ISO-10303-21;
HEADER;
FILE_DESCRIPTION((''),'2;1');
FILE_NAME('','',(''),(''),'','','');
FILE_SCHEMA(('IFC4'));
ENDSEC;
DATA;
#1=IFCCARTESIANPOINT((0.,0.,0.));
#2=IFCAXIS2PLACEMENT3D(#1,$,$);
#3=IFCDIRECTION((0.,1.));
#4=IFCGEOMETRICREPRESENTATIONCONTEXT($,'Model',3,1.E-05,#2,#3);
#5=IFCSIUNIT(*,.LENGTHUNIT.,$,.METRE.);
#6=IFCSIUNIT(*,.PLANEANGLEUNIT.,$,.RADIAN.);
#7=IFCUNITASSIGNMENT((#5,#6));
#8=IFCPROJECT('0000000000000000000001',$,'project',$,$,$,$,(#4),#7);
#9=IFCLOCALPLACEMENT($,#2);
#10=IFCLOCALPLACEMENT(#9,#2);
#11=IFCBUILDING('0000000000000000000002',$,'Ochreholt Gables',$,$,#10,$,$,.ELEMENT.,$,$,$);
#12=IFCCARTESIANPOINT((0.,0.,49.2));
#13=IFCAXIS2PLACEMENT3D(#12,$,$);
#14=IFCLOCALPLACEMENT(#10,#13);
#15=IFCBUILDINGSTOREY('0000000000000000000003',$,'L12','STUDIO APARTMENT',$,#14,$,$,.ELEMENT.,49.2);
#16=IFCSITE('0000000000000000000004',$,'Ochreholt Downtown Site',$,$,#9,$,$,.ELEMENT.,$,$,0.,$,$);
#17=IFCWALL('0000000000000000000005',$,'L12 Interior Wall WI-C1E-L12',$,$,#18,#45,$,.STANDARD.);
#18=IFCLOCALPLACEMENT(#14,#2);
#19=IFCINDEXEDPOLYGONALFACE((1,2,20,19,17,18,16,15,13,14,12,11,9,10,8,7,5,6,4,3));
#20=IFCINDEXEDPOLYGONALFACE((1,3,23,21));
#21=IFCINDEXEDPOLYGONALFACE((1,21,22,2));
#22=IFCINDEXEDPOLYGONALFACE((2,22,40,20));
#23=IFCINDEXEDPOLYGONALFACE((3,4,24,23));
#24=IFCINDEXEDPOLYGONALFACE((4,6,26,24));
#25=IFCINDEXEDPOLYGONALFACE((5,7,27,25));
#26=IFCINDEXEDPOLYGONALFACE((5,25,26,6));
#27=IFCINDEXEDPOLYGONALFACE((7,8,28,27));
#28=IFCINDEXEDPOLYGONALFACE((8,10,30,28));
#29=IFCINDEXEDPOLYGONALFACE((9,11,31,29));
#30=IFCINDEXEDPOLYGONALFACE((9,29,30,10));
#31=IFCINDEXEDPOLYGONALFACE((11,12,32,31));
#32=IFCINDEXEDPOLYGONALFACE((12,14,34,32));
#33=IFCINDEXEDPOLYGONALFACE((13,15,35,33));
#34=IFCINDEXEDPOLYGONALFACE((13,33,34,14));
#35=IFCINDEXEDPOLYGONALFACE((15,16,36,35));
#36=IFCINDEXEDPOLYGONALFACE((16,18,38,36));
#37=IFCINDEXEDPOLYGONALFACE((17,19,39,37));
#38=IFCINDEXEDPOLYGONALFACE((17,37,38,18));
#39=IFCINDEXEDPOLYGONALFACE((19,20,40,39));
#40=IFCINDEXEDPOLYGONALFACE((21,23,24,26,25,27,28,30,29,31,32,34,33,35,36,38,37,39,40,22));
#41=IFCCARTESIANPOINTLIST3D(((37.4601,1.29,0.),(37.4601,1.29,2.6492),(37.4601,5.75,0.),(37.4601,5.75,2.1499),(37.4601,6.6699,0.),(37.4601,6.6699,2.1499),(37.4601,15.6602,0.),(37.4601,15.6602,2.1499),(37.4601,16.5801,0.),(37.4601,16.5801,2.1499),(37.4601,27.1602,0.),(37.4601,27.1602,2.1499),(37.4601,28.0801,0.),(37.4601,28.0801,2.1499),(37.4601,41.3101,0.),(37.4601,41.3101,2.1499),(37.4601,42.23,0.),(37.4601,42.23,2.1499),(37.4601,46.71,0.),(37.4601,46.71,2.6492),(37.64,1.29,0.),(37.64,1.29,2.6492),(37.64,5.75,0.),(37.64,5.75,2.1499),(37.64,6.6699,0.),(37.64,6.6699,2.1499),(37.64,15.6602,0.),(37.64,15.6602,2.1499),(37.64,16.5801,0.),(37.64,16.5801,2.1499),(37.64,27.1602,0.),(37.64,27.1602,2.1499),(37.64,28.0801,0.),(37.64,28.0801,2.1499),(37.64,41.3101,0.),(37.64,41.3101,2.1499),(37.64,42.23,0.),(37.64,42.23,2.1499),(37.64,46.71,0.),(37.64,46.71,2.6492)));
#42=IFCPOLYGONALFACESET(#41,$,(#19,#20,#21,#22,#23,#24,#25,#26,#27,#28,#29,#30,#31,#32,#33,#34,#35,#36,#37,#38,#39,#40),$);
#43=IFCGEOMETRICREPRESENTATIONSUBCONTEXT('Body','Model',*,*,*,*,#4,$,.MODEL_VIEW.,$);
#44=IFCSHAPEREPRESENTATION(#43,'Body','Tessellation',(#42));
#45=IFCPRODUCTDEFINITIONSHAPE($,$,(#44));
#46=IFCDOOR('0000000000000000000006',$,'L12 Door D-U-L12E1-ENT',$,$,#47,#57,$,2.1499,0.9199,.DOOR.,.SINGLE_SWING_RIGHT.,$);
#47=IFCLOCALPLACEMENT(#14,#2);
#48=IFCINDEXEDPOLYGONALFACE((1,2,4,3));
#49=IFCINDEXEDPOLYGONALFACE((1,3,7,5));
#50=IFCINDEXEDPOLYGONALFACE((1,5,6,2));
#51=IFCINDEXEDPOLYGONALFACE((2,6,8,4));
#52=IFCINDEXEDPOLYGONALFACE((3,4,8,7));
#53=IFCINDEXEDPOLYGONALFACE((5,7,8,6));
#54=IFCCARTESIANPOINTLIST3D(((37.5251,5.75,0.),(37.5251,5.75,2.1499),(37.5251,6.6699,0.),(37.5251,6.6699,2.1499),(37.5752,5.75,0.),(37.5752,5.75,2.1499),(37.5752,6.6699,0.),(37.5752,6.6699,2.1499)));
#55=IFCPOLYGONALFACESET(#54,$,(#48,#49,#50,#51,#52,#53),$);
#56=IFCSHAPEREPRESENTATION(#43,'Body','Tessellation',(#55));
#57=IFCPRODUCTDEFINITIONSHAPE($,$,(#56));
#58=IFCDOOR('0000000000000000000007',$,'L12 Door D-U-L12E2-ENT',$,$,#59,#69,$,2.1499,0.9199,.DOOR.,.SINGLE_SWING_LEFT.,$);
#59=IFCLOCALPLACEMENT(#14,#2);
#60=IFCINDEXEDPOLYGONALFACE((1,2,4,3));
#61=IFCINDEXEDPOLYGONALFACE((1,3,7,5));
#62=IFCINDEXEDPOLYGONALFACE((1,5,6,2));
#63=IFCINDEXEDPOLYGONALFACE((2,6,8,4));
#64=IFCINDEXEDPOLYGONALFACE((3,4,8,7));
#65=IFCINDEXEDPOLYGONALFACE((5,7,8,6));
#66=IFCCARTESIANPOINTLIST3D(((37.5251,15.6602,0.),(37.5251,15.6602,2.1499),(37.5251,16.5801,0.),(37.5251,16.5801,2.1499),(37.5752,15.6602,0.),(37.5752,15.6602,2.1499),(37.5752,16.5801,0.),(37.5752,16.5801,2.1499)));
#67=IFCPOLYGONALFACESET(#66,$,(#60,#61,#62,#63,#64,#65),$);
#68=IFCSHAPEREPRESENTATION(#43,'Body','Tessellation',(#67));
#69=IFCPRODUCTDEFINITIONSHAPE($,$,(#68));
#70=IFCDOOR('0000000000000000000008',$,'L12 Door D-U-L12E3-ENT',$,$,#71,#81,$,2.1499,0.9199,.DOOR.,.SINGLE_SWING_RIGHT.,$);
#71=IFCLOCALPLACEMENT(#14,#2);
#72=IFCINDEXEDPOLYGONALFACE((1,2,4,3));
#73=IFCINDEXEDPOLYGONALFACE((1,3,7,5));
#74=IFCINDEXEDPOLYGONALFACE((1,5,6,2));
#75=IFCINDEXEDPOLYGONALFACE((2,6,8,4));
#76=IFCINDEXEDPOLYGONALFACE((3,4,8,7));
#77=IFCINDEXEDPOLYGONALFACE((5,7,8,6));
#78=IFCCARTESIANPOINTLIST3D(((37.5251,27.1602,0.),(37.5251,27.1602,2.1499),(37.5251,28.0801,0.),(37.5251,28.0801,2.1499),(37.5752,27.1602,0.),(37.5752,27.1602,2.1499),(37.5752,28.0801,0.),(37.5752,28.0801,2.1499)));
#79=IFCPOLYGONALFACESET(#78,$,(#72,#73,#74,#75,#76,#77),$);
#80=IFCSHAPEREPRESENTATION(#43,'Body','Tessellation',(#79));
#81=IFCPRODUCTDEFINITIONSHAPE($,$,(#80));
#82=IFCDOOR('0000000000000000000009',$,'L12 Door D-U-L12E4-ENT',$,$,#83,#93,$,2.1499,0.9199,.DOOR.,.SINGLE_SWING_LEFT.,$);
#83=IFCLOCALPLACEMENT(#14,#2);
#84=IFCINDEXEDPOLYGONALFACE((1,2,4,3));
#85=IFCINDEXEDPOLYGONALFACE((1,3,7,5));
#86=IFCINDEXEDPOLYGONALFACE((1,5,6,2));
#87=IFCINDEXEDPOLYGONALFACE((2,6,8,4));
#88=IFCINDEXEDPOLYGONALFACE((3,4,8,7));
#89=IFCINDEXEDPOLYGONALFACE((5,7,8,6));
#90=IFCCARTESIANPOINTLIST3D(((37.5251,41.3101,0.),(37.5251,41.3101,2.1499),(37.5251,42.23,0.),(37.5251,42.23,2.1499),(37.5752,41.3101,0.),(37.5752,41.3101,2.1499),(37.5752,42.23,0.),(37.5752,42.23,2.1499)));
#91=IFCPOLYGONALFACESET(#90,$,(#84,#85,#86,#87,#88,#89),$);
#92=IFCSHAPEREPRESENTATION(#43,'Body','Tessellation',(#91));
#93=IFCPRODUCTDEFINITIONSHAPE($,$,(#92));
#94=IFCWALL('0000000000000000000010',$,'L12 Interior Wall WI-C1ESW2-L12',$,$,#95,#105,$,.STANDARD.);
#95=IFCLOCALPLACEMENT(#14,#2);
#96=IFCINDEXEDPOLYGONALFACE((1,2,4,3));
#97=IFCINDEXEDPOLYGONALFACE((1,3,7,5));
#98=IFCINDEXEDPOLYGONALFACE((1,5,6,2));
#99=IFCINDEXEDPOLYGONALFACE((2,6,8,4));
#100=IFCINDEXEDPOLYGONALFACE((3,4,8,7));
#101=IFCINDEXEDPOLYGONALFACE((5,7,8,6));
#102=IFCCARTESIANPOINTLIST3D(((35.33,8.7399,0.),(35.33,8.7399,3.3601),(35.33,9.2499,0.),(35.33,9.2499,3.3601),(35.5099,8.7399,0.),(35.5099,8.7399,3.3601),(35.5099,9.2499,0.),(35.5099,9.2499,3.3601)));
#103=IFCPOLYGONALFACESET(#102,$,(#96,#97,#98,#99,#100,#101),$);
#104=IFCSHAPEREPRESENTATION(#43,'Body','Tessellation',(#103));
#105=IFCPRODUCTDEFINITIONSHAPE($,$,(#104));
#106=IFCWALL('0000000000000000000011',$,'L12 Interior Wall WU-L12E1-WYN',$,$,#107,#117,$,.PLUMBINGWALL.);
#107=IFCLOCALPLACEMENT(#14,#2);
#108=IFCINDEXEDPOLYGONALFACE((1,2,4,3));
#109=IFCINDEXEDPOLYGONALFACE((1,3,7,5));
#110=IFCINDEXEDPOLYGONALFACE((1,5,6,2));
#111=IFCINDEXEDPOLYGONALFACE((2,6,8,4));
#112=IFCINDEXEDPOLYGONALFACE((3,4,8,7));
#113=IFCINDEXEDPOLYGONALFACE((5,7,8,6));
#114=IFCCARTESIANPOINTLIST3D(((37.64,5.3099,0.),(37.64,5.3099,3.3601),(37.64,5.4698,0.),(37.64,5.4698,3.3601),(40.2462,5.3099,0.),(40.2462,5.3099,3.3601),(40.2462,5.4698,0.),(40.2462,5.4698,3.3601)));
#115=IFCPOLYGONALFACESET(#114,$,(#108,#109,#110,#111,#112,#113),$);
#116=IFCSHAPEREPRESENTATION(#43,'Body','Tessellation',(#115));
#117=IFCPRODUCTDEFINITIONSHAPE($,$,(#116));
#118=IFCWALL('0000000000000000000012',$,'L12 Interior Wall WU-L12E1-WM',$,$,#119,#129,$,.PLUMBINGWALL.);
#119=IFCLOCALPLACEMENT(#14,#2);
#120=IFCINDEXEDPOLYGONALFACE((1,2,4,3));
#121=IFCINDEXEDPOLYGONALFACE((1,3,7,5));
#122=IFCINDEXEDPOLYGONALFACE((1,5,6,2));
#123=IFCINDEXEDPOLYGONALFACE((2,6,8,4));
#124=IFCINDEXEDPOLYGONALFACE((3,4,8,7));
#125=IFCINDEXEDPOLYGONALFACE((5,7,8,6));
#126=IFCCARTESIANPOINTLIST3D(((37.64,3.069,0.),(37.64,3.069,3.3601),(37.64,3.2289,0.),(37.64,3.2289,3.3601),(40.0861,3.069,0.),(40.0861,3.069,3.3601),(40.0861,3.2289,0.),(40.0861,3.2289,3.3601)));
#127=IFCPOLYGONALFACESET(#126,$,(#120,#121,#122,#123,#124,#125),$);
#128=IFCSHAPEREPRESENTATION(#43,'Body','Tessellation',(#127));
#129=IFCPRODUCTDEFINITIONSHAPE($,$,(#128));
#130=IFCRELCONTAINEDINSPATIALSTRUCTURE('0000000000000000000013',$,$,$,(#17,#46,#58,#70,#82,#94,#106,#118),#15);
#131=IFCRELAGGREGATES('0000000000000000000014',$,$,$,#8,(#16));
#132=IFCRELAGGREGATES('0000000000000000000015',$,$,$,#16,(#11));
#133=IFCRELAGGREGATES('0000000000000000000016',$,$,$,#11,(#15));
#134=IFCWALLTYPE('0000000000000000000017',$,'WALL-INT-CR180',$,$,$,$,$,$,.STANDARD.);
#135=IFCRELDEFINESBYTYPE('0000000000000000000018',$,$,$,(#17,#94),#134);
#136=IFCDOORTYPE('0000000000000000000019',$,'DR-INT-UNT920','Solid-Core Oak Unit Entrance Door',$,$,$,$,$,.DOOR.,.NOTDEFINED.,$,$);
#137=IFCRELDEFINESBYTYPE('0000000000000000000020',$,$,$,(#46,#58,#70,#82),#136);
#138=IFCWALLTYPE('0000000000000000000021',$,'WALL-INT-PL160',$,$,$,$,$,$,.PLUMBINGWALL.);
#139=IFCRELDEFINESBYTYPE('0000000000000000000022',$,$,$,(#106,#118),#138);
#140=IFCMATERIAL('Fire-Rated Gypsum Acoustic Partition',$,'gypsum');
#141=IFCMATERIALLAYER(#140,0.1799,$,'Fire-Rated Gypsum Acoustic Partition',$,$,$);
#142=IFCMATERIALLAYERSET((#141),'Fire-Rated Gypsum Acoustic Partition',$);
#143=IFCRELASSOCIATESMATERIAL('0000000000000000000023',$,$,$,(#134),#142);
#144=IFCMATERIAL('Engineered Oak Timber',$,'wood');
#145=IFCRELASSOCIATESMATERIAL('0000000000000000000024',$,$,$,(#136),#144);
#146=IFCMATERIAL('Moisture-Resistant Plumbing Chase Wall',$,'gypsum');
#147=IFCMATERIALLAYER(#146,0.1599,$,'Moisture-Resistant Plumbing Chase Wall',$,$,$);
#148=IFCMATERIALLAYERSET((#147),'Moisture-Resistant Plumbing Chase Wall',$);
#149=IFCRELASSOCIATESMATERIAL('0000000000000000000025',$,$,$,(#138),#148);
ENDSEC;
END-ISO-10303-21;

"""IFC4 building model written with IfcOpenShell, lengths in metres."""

from ifc_helpers import new_model, si_unit, direction, frame, frame_2d, origin, place, context, subcontext, project, spatial, rectangle, extrude, material, layer, layer_set, type_object, element, fill, save


model = new_model("IFC4")

# Units and contexts
model_context = context("Model", 3, precision=1e-05, world=origin(), true_north=direction((0.0, 1.0)))
body_context = subcontext(model_context, "Body", "Model", "MODEL_VIEW")
ifc_project = project(units=[si_unit("LENGTHUNIT", "METRE"), si_unit("PLANEANGLEUNIT", "RADIAN")], contexts=[model_context])

# Site, building, storey
site_placement = place(None, origin())
site = spatial("IfcSite", under=ifc_project, at=site_placement, Name="Ochreholt Downtown Site", CompositionType="ELEMENT", RefElevation=0.0)
building_placement = place(site_placement, origin())
building = spatial("IfcBuilding", under=site, at=building_placement, Name="Ochreholt Gables", CompositionType="ELEMENT")
storey_placement = place(building_placement, frame((0.0, 0.0, 49.2)))
storey = spatial("IfcBuildingStorey", under=building, at=storey_placement, Name="L12", Description="STUDIO APARTMENT", CompositionType="ELEMENT", Elevation=49.2)

# Wall, openings, doors
ifc_material_1 = material(Name="Fire-Rated Gypsum Acoustic Partition", Category="gypsum")
ifc_layer_1 = layer(ifc_material_1, 0.1799, Name="Fire-Rated Gypsum Acoustic Partition")
ifc_layer_set_1 = layer_set([ifc_layer_1], Name="Fire-Rated Gypsum Acoustic Partition")
wall_type_1 = type_object("IfcWallType", Name="WALL-INT-CR180", PredefinedType="STANDARD", material=ifc_layer_set_1)
wall_1_placement = place(storey_placement, frame((37.55, 1.29, 0.0), z_axis=(0.0, 0.0, 1.0), x_axis=(0.0, 1.0, 0.0)))
wall_1 = element("IfcWall", 1, at=wall_1_placement, inside=storey, type_object=wall_type_1, Name="L12 Interior Wall WI-C1E-L12", PredefinedType="STANDARD", context=body_context, shape_type="SweptSolid", body=[
    extrude(rectangle(XDim=45.4199, YDim=0.1799, at=frame_2d((22.71, 0.0))), origin(), (0.0, 0.0, 1.0), 2.6492),
])
opening_1_placement = place(wall_1_placement, frame((4.46, 0.0, 0.0)))
opening_1 = element("IfcOpeningElement", 2, at=opening_1_placement, cuts=wall_1, PredefinedType="OPENING", context=body_context, shape_type="SweptSolid", body=[
    extrude(rectangle(XDim=0.9199, YDim=2.1499, at=frame_2d((0.46, 1.075))), frame((0.0, 0.0999, 0.0), z_axis=(0.0, -1.0, 0.0), x_axis=(1.0, 0.0, 0.0)), (0.0, 0.0, 1.0), 0.2),
])
opening_2_placement = place(wall_1_placement, frame((14.3701, 0.0, 0.0)))
opening_2 = element("IfcOpeningElement", 3, at=opening_2_placement, cuts=wall_1, PredefinedType="OPENING", context=body_context, shape_type="SweptSolid", body=[
    extrude(rectangle(XDim=0.9199, YDim=2.1499, at=frame_2d((0.46, 1.075))), frame((0.0, 0.0999, 0.0), z_axis=(0.0, -1.0, 0.0), x_axis=(1.0, 0.0, 0.0)), (0.0, 0.0, 1.0), 0.2),
])
opening_3_placement = place(wall_1_placement, frame((25.8701, 0.0, 0.0)))
opening_3 = element("IfcOpeningElement", 4, at=opening_3_placement, cuts=wall_1, PredefinedType="OPENING", context=body_context, shape_type="SweptSolid", body=[
    extrude(rectangle(XDim=0.9199, YDim=2.1499, at=frame_2d((0.46, 1.075))), frame((0.0, 0.0999, 0.0), z_axis=(0.0, -1.0, 0.0), x_axis=(1.0, 0.0, 0.0)), (0.0, 0.0, 1.0), 0.2),
])
opening_4_placement = place(wall_1_placement, frame((40.02, 0.0, 0.0)))
opening_4 = element("IfcOpeningElement", 5, at=opening_4_placement, cuts=wall_1, PredefinedType="OPENING", context=body_context, shape_type="SweptSolid", body=[
    extrude(rectangle(XDim=0.9199, YDim=2.1499, at=frame_2d((0.46, 1.075))), frame((0.0, 0.0999, 0.0), z_axis=(0.0, -1.0, 0.0), x_axis=(1.0, 0.0, 0.0)), (0.0, 0.0, 1.0), 0.2),
])
ifc_material_2 = material(Name="Engineered Oak Timber", Category="wood")
door_type_1 = type_object("IfcDoorType", Name="DR-INT-UNT920", Description="Solid-Core Oak Unit Entrance Door", OperationType="NOTDEFINED", PredefinedType="DOOR", material=ifc_material_2)
door_1_placement = place(opening_1_placement, origin())
door_1 = element("IfcDoor", 6, at=door_1_placement, inside=storey, type_object=door_type_1, Name="L12 Door D-U-L12E1-ENT", OperationType="SINGLE_SWING_RIGHT", OverallHeight=2.1499, OverallWidth=0.9199, PredefinedType="DOOR", context=body_context, shape_type="SweptSolid", body=[
    extrude(rectangle(XDim=0.9199, YDim=2.1499, at=frame_2d((0.46, 1.075))), frame((0.0, 0.0249, 0.0), z_axis=(0.0, -1.0, 0.0), x_axis=(1.0, 0.0, 0.0)), (0.0, 0.0, 1.0), 0.05),
])
fill(opening_1, door_1)
door_2_placement = place(opening_2_placement, origin())
door_2 = element("IfcDoor", 7, at=door_2_placement, inside=storey, type_object=door_type_1, Name="L12 Door D-U-L12E2-ENT", OperationType="SINGLE_SWING_LEFT", OverallHeight=2.1499, OverallWidth=0.9199, PredefinedType="DOOR", context=body_context, shape_type="SweptSolid", body=[
    extrude(rectangle(XDim=0.9199, YDim=2.1499, at=frame_2d((0.46, 1.075))), frame((0.0, 0.0249, 0.0), z_axis=(0.0, -1.0, 0.0), x_axis=(1.0, 0.0, 0.0)), (0.0, 0.0, 1.0), 0.05),
])
fill(opening_2, door_2)
door_3_placement = place(opening_3_placement, origin())
door_3 = element("IfcDoor", 8, at=door_3_placement, inside=storey, type_object=door_type_1, Name="L12 Door D-U-L12E3-ENT", OperationType="SINGLE_SWING_RIGHT", OverallHeight=2.1499, OverallWidth=0.9199, PredefinedType="DOOR", context=body_context, shape_type="SweptSolid", body=[
    extrude(rectangle(XDim=0.9199, YDim=2.1499, at=frame_2d((0.46, 1.075))), frame((0.0, 0.0249, 0.0), z_axis=(0.0, -1.0, 0.0), x_axis=(1.0, 0.0, 0.0)), (0.0, 0.0, 1.0), 0.05),
])
fill(opening_3, door_3)
door_4_placement = place(opening_4_placement, origin())
door_4 = element("IfcDoor", 9, at=door_4_placement, inside=storey, type_object=door_type_1, Name="L12 Door D-U-L12E4-ENT", OperationType="SINGLE_SWING_LEFT", OverallHeight=2.1499, OverallWidth=0.9199, PredefinedType="DOOR", context=body_context, shape_type="SweptSolid", body=[
    extrude(rectangle(XDim=0.9199, YDim=2.1499, at=frame_2d((0.46, 1.075))), frame((0.0, 0.0249, 0.0), z_axis=(0.0, -1.0, 0.0), x_axis=(1.0, 0.0, 0.0)), (0.0, 0.0, 1.0), 0.05),
])
fill(opening_4, door_4)

# Walls
wall_2_placement = place(storey_placement, frame((35.4199, 8.74, 0.0), z_axis=(0.0, 0.0, 1.0), x_axis=(0.0, 1.0, 0.0)))
element("IfcWall", 10, at=wall_2_placement, inside=storey, type_object=wall_type_1, Name="L12 Interior Wall WI-C1ESW2-L12", PredefinedType="STANDARD", context=body_context, shape_type="SweptSolid", body=[
    extrude(rectangle(XDim=0.51, YDim=0.1799, at=frame_2d((0.2549, 0.0))), origin(), (0.0, 0.0, 1.0), 3.3601),
])
ifc_material_3 = material(Name="Moisture-Resistant Plumbing Chase Wall", Category="gypsum")
ifc_layer_2 = layer(ifc_material_3, 0.1599, Name="Moisture-Resistant Plumbing Chase Wall")
ifc_layer_set_2 = layer_set([ifc_layer_2], Name="Moisture-Resistant Plumbing Chase Wall")
wall_type_2 = type_object("IfcWallType", Name="WALL-INT-PL160", PredefinedType="PLUMBINGWALL", material=ifc_layer_set_2)
wall_3_placement = place(storey_placement, frame((37.6399, 5.3899, 0.0), z_axis=(0.0, 0.0, 1.0), x_axis=(1.0, 0.0, 0.0)))
element("IfcWall", 11, at=wall_3_placement, inside=storey, type_object=wall_type_2, Name="L12 Interior Wall WU-L12E1-WYN", PredefinedType="PLUMBINGWALL", context=body_context, shape_type="SweptSolid", body=[
    extrude(rectangle(XDim=2.6062, YDim=0.1599, at=frame_2d((1.3032, 0.0))), origin(), (0.0, 0.0, 1.0), 3.3601),
])

# Wall
wall_4_placement = place(storey_placement, frame((37.6399, 3.1489, 0.0), z_axis=(0.0, 0.0, 1.0), x_axis=(1.0, 0.0, 0.0)))
element("IfcWall", 12, at=wall_4_placement, inside=storey, type_object=wall_type_2, Name="L12 Interior Wall WU-L12E1-WM", PredefinedType="PLUMBINGWALL", context=body_context, shape_type="SweptSolid", body=[
    extrude(rectangle(XDim=2.446, YDim=0.1599, at=frame_2d((1.2231, 0.0))), origin(), (0.0, 0.0, 1.0), 3.3601),
])

save(model, "model.ifc")
